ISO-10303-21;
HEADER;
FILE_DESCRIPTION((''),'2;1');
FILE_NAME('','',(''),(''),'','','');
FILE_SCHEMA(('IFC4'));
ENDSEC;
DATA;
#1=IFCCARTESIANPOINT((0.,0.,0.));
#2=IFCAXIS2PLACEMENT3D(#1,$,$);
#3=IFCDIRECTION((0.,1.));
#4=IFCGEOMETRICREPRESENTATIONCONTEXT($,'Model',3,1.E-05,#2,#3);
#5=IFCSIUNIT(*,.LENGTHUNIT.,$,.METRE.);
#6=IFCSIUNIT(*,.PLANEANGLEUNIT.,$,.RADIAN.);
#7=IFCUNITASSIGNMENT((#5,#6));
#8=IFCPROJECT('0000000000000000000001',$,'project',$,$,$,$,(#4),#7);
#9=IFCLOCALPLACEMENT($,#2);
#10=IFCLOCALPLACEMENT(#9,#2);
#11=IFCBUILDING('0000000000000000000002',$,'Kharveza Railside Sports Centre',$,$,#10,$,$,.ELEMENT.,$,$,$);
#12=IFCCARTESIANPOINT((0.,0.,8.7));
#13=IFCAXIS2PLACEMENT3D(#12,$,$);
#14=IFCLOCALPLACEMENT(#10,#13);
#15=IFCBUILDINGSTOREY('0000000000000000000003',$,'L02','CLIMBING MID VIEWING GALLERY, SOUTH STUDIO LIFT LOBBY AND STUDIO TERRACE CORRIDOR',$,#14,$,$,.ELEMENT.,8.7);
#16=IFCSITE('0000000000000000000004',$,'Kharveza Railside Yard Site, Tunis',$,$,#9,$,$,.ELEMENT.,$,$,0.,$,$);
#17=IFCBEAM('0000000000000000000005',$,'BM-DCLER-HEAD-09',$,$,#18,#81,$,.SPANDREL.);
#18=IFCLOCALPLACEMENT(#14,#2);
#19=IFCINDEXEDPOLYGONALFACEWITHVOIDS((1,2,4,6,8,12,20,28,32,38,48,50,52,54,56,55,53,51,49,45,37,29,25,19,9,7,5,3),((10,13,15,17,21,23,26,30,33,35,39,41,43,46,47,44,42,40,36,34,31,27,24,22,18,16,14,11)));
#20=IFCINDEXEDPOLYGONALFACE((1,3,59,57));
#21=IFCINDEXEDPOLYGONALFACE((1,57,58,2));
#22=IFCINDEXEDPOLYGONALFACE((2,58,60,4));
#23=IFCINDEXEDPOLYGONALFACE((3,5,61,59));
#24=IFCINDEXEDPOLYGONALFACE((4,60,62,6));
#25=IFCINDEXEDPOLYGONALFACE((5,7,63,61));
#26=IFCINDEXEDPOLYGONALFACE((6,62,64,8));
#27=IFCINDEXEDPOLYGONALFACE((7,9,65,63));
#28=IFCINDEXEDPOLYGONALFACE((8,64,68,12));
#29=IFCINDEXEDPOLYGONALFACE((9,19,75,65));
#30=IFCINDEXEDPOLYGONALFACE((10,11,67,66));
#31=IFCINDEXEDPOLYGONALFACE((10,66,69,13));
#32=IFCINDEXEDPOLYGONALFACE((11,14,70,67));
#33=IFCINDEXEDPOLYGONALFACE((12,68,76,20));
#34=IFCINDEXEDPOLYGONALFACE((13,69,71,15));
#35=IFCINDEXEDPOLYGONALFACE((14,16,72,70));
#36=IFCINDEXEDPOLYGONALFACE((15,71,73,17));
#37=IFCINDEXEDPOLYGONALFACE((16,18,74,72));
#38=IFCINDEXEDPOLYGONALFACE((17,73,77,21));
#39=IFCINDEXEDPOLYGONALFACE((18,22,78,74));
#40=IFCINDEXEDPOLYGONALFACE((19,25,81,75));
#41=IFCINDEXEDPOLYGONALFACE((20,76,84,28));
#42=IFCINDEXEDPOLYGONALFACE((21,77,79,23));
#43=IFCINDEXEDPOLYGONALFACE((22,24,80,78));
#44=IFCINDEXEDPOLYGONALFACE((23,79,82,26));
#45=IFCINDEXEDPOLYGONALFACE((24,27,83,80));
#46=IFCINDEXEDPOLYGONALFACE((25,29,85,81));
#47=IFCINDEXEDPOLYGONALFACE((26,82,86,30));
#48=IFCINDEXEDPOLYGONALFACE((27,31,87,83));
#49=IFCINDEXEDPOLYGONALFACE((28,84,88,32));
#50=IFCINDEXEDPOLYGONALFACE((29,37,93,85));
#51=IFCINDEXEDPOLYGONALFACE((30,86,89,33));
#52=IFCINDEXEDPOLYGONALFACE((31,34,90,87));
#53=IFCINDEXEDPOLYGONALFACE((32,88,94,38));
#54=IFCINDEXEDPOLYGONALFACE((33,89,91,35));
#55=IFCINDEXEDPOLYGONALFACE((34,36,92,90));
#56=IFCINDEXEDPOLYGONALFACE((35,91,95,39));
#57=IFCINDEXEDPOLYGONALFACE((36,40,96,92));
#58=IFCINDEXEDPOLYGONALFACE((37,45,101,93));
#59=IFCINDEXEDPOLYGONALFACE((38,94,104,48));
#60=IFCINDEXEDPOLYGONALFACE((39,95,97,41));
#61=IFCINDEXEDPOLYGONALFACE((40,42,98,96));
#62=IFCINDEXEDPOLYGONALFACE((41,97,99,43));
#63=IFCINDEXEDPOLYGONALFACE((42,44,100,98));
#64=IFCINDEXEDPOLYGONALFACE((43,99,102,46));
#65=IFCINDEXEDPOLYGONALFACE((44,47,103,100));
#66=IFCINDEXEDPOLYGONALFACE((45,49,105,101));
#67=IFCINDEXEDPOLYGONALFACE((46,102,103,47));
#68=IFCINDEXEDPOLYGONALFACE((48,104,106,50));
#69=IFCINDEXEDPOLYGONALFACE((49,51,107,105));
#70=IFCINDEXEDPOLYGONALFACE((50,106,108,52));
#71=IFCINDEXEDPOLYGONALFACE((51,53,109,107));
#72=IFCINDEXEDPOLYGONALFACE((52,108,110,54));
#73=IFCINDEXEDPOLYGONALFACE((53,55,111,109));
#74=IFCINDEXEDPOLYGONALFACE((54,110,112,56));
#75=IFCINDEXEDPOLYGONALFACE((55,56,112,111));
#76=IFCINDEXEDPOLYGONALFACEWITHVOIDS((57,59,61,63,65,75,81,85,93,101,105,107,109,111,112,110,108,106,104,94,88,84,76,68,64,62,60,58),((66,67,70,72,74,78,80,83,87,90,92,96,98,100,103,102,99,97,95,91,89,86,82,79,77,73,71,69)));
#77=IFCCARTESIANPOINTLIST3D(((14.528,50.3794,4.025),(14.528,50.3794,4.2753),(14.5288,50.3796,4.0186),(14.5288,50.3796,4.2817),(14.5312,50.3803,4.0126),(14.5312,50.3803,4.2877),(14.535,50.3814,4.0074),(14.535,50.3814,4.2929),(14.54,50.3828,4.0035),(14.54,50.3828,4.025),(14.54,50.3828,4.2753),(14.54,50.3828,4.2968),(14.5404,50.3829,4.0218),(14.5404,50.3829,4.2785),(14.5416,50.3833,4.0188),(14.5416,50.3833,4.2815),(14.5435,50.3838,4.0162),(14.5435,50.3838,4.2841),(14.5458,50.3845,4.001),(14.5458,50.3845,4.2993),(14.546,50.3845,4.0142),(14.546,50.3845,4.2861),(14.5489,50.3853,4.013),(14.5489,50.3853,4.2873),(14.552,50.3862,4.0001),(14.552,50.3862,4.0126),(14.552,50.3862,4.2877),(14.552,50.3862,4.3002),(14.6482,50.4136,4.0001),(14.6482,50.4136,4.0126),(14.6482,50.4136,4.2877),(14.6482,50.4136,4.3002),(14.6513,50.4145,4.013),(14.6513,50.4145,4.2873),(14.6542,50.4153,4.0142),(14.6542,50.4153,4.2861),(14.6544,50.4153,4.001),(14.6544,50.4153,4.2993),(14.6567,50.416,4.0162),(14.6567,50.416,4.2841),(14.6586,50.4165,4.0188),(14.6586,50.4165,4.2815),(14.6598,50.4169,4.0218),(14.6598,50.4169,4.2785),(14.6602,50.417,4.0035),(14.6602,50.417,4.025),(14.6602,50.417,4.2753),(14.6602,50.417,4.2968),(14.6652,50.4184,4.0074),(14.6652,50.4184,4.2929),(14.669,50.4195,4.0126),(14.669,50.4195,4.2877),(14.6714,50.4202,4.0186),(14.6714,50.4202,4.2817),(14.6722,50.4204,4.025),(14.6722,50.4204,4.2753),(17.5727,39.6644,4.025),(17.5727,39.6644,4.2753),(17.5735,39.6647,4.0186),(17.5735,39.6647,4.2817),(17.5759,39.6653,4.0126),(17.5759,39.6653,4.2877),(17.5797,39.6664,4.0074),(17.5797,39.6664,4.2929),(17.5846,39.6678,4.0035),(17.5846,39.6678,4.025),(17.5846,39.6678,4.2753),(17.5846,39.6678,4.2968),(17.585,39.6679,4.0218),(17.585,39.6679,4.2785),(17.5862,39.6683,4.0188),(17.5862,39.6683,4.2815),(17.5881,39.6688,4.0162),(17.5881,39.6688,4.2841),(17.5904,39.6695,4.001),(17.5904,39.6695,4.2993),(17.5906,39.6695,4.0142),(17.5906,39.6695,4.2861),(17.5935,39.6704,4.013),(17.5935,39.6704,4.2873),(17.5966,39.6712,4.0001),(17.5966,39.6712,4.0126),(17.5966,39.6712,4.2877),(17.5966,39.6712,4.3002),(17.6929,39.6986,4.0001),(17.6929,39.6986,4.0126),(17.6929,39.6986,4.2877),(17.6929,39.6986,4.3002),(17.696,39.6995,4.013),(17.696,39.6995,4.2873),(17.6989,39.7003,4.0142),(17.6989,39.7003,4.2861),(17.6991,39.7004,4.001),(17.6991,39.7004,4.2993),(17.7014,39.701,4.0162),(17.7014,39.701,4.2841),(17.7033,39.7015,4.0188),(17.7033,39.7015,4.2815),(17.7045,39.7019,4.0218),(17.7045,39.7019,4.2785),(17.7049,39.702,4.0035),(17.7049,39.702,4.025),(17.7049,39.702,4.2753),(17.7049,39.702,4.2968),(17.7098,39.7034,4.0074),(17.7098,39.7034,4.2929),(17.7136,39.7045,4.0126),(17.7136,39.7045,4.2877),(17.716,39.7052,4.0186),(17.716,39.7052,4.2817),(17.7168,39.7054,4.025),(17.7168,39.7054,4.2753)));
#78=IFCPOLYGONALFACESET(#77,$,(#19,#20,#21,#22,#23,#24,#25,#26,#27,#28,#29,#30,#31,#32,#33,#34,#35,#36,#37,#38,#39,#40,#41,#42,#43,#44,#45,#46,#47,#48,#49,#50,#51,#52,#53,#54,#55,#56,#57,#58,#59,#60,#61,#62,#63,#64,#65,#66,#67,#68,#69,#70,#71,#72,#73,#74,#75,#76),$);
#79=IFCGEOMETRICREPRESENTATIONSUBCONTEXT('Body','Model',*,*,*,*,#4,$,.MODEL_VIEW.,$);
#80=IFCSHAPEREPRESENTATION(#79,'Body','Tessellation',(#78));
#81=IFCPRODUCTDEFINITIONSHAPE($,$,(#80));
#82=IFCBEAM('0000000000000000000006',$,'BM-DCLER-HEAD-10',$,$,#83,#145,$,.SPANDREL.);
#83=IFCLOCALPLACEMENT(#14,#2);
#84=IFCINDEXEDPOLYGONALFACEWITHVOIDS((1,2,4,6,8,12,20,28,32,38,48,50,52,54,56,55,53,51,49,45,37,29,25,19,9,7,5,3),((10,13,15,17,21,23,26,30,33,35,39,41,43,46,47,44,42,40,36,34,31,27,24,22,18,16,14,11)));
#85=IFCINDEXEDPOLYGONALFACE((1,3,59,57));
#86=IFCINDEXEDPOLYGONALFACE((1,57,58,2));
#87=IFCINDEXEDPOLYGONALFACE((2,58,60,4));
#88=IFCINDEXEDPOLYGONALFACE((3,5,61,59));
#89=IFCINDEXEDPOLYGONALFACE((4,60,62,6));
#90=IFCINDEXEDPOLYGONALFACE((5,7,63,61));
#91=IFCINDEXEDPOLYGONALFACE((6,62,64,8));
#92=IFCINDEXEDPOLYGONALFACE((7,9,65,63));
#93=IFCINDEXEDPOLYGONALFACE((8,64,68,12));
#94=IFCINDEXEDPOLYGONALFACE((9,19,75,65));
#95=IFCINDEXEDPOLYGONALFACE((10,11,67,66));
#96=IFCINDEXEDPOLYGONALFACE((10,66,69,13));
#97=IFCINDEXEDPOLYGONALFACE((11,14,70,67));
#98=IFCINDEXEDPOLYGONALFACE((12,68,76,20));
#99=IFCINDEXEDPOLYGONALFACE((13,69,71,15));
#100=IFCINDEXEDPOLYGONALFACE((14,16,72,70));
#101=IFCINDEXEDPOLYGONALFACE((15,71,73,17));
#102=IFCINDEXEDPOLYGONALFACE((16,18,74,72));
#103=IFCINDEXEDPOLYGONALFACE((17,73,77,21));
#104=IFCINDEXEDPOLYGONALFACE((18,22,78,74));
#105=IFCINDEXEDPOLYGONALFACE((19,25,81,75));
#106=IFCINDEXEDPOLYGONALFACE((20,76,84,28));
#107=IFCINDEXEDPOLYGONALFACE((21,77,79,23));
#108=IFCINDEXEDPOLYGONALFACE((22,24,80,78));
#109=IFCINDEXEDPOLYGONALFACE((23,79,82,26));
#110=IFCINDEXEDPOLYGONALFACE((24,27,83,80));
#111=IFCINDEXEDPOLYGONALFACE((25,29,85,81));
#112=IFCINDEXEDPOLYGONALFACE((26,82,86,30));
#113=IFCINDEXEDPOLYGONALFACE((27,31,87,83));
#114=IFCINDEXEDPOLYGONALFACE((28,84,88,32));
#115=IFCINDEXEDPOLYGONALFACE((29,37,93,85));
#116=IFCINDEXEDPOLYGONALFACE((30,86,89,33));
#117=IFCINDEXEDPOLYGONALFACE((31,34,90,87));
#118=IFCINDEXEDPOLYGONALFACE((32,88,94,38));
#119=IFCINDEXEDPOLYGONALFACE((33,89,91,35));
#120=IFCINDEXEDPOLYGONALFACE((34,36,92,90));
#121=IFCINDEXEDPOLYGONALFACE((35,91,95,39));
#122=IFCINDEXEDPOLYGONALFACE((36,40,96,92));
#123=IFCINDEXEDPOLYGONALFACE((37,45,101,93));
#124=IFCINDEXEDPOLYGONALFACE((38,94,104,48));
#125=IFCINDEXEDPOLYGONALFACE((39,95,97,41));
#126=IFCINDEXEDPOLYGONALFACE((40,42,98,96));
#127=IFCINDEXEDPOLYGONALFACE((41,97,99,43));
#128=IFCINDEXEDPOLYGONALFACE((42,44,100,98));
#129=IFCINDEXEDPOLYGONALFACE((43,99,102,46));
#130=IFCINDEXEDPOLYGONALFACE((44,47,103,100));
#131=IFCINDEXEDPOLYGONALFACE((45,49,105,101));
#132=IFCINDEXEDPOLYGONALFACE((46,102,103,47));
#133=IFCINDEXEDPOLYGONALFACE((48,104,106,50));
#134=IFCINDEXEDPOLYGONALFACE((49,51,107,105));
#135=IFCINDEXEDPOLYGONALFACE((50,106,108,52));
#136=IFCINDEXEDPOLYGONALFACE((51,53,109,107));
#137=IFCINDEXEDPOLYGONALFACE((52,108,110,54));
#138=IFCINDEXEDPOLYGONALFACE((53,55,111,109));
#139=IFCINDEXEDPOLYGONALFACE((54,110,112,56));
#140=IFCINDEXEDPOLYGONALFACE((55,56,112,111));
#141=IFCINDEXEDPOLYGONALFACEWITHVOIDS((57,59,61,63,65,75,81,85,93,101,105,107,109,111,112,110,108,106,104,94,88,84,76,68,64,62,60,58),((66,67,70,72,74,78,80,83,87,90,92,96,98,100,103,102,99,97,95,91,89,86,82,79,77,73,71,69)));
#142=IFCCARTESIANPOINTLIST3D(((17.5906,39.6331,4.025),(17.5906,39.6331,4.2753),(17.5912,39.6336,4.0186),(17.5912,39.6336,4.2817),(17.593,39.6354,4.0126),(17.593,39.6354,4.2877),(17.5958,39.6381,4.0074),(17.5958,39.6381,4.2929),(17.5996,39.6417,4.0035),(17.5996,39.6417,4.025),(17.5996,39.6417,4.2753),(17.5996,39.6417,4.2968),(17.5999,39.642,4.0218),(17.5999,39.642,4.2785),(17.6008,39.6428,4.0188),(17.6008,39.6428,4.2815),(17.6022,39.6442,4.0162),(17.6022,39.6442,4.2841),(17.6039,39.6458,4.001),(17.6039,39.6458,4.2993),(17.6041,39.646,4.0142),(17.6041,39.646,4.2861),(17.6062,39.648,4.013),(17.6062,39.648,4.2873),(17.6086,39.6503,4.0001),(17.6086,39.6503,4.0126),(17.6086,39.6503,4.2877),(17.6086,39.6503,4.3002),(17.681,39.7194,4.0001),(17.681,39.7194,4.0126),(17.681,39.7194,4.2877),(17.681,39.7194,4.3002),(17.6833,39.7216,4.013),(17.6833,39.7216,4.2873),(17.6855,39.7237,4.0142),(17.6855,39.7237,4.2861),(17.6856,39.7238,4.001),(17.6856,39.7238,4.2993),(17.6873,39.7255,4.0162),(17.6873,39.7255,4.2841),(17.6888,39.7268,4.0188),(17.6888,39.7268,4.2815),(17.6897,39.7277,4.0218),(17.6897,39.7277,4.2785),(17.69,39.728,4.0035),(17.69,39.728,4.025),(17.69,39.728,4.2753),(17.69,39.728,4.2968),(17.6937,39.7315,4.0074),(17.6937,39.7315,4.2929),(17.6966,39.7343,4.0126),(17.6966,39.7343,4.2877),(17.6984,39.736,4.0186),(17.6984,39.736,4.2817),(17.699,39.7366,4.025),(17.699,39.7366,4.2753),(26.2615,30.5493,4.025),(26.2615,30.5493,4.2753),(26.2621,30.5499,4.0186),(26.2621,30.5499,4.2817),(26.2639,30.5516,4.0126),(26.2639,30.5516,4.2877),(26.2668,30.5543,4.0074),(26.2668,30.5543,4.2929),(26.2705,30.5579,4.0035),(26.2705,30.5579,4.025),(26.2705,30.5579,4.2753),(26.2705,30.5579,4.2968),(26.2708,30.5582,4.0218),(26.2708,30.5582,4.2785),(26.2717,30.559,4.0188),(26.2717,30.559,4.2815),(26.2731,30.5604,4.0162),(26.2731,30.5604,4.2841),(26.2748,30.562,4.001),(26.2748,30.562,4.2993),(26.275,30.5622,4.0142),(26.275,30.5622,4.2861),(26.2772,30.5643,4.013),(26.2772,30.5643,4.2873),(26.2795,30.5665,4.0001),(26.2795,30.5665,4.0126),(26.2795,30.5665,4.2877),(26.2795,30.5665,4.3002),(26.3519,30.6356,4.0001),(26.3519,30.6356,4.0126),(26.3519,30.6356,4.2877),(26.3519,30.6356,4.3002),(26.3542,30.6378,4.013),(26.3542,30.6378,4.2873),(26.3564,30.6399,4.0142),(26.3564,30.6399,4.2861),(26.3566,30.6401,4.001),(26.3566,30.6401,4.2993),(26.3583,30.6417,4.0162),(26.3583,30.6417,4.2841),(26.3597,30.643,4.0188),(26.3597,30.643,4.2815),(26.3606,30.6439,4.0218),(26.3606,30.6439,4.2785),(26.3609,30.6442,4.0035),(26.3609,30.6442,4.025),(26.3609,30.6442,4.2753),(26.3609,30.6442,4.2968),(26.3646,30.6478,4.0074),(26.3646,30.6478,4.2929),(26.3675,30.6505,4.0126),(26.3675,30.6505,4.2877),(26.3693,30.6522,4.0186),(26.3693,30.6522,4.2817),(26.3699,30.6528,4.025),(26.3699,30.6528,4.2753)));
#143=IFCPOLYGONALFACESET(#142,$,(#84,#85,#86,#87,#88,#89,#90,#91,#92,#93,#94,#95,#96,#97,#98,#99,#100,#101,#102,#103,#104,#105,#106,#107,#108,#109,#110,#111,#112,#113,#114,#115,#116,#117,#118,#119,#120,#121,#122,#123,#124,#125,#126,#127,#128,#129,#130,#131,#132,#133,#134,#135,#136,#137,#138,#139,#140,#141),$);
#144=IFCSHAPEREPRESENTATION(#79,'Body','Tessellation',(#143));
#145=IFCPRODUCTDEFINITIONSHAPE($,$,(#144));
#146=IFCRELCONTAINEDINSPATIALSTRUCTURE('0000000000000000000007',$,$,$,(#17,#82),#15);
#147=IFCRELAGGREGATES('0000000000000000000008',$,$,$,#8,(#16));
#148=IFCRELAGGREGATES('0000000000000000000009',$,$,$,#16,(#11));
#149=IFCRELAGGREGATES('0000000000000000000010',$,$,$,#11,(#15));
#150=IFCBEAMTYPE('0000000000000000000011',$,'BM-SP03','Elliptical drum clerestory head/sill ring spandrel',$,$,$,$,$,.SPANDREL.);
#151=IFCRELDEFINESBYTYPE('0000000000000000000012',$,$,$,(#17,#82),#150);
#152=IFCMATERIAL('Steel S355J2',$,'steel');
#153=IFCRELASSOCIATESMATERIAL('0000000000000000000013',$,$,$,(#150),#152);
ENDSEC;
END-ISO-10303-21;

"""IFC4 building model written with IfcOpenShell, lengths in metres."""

from ifc_helpers import new_model, si_unit, direction, frame, origin, origin_2d, place, context, subcontext, project, spatial, hollow_rectangle, extrude, material, material_profile, profile_set, type_object, element, save


model = new_model("IFC4")

# Units and contexts
model_context = context("Model", 3, precision=1e-05, world=origin(), true_north=direction((0.0, 1.0)))
body_context = subcontext(model_context, "Body", "Model", "MODEL_VIEW")
ifc_project = project(units=[si_unit("LENGTHUNIT", "METRE"), si_unit("PLANEANGLEUNIT", "RADIAN")], contexts=[model_context])

# Site, building, storey
site_placement = place(None, origin())
site = spatial("IfcSite", under=ifc_project, at=site_placement, Name="Kharveza Railside Yard Site, Tunis", CompositionType="ELEMENT", RefElevation=0.0)
building_placement = place(site_placement, origin())
building = spatial("IfcBuilding", under=site, at=building_placement, Name="Kharveza Railside Sports Centre", CompositionType="ELEMENT")
storey_placement = place(building_placement, frame((0.0, 0.0, 8.7)))
storey = spatial("IfcBuildingStorey", under=building, at=storey_placement, Name="L02", Description="CLIMBING MID VIEWING GALLERY, SOUTH STUDIO LIFT LOBBY AND STUDIO TERRACE CORRIDOR", CompositionType="ELEMENT", Elevation=8.7)

# Shared definitions
ifc_material_1 = material(Name="Steel S355J2", Category="steel")

# Beams
ifc_material_profile_1 = material_profile(ifc_material_1, hollow_rectangle(XDim=0.1499, YDim=0.3, WallThickness=0.0125, InnerFilletRadius=0.0125, OuterFilletRadius=0.0249, at=origin_2d()), Name="RHS 150x300x12.5")
ifc_profile_set_1 = profile_set([ifc_material_profile_1], Name="Steel S355J2")
beam_type_1 = type_object("IfcBeamType", Name="BM-SP03", Description="Elliptical drum clerestory head/sill ring spandrel", PredefinedType="SPANDREL", material=ifc_profile_set_1)
beam_1_placement = place(storey_placement, frame((14.6001, 50.3999, 4.1501), z_axis=(0.273328, -0.961921, 0.0), x_axis=(0.961921, 0.273328, 0.0)))
element("IfcBeam", 1, at=beam_1_placement, inside=storey, type_object=beam_type_1, Name="BM-DCLER-HEAD-09", PredefinedType="SPANDREL", context=body_context, shape_type="SweptSolid", body=[
    extrude(hollow_rectangle(XDim=0.1499, YDim=0.3, WallThickness=0.0125, InnerFilletRadius=0.0125, OuterFilletRadius=0.0249, at=origin_2d()), origin(), (0.0, 0.0, 1.0), 11.1392),
])
beam_2_placement = place(storey_placement, frame((17.6448, 39.6848, 4.1501), z_axis=(0.690478, -0.723353, 0.0), x_axis=(0.723353, 0.690478, 0.0)))
element("IfcBeam", 2, at=beam_2_placement, inside=storey, type_object=beam_type_1, Name="BM-DCLER-HEAD-10", PredefinedType="SPANDREL", context=body_context, shape_type="SweptSolid", body=[
    extrude(hollow_rectangle(XDim=0.1499, YDim=0.3, WallThickness=0.0125, InnerFilletRadius=0.0125, OuterFilletRadius=0.0249, at=origin_2d()), origin(), (0.0, 0.0, 1.0), 12.5579),
])

save(model, "model.ifc")
